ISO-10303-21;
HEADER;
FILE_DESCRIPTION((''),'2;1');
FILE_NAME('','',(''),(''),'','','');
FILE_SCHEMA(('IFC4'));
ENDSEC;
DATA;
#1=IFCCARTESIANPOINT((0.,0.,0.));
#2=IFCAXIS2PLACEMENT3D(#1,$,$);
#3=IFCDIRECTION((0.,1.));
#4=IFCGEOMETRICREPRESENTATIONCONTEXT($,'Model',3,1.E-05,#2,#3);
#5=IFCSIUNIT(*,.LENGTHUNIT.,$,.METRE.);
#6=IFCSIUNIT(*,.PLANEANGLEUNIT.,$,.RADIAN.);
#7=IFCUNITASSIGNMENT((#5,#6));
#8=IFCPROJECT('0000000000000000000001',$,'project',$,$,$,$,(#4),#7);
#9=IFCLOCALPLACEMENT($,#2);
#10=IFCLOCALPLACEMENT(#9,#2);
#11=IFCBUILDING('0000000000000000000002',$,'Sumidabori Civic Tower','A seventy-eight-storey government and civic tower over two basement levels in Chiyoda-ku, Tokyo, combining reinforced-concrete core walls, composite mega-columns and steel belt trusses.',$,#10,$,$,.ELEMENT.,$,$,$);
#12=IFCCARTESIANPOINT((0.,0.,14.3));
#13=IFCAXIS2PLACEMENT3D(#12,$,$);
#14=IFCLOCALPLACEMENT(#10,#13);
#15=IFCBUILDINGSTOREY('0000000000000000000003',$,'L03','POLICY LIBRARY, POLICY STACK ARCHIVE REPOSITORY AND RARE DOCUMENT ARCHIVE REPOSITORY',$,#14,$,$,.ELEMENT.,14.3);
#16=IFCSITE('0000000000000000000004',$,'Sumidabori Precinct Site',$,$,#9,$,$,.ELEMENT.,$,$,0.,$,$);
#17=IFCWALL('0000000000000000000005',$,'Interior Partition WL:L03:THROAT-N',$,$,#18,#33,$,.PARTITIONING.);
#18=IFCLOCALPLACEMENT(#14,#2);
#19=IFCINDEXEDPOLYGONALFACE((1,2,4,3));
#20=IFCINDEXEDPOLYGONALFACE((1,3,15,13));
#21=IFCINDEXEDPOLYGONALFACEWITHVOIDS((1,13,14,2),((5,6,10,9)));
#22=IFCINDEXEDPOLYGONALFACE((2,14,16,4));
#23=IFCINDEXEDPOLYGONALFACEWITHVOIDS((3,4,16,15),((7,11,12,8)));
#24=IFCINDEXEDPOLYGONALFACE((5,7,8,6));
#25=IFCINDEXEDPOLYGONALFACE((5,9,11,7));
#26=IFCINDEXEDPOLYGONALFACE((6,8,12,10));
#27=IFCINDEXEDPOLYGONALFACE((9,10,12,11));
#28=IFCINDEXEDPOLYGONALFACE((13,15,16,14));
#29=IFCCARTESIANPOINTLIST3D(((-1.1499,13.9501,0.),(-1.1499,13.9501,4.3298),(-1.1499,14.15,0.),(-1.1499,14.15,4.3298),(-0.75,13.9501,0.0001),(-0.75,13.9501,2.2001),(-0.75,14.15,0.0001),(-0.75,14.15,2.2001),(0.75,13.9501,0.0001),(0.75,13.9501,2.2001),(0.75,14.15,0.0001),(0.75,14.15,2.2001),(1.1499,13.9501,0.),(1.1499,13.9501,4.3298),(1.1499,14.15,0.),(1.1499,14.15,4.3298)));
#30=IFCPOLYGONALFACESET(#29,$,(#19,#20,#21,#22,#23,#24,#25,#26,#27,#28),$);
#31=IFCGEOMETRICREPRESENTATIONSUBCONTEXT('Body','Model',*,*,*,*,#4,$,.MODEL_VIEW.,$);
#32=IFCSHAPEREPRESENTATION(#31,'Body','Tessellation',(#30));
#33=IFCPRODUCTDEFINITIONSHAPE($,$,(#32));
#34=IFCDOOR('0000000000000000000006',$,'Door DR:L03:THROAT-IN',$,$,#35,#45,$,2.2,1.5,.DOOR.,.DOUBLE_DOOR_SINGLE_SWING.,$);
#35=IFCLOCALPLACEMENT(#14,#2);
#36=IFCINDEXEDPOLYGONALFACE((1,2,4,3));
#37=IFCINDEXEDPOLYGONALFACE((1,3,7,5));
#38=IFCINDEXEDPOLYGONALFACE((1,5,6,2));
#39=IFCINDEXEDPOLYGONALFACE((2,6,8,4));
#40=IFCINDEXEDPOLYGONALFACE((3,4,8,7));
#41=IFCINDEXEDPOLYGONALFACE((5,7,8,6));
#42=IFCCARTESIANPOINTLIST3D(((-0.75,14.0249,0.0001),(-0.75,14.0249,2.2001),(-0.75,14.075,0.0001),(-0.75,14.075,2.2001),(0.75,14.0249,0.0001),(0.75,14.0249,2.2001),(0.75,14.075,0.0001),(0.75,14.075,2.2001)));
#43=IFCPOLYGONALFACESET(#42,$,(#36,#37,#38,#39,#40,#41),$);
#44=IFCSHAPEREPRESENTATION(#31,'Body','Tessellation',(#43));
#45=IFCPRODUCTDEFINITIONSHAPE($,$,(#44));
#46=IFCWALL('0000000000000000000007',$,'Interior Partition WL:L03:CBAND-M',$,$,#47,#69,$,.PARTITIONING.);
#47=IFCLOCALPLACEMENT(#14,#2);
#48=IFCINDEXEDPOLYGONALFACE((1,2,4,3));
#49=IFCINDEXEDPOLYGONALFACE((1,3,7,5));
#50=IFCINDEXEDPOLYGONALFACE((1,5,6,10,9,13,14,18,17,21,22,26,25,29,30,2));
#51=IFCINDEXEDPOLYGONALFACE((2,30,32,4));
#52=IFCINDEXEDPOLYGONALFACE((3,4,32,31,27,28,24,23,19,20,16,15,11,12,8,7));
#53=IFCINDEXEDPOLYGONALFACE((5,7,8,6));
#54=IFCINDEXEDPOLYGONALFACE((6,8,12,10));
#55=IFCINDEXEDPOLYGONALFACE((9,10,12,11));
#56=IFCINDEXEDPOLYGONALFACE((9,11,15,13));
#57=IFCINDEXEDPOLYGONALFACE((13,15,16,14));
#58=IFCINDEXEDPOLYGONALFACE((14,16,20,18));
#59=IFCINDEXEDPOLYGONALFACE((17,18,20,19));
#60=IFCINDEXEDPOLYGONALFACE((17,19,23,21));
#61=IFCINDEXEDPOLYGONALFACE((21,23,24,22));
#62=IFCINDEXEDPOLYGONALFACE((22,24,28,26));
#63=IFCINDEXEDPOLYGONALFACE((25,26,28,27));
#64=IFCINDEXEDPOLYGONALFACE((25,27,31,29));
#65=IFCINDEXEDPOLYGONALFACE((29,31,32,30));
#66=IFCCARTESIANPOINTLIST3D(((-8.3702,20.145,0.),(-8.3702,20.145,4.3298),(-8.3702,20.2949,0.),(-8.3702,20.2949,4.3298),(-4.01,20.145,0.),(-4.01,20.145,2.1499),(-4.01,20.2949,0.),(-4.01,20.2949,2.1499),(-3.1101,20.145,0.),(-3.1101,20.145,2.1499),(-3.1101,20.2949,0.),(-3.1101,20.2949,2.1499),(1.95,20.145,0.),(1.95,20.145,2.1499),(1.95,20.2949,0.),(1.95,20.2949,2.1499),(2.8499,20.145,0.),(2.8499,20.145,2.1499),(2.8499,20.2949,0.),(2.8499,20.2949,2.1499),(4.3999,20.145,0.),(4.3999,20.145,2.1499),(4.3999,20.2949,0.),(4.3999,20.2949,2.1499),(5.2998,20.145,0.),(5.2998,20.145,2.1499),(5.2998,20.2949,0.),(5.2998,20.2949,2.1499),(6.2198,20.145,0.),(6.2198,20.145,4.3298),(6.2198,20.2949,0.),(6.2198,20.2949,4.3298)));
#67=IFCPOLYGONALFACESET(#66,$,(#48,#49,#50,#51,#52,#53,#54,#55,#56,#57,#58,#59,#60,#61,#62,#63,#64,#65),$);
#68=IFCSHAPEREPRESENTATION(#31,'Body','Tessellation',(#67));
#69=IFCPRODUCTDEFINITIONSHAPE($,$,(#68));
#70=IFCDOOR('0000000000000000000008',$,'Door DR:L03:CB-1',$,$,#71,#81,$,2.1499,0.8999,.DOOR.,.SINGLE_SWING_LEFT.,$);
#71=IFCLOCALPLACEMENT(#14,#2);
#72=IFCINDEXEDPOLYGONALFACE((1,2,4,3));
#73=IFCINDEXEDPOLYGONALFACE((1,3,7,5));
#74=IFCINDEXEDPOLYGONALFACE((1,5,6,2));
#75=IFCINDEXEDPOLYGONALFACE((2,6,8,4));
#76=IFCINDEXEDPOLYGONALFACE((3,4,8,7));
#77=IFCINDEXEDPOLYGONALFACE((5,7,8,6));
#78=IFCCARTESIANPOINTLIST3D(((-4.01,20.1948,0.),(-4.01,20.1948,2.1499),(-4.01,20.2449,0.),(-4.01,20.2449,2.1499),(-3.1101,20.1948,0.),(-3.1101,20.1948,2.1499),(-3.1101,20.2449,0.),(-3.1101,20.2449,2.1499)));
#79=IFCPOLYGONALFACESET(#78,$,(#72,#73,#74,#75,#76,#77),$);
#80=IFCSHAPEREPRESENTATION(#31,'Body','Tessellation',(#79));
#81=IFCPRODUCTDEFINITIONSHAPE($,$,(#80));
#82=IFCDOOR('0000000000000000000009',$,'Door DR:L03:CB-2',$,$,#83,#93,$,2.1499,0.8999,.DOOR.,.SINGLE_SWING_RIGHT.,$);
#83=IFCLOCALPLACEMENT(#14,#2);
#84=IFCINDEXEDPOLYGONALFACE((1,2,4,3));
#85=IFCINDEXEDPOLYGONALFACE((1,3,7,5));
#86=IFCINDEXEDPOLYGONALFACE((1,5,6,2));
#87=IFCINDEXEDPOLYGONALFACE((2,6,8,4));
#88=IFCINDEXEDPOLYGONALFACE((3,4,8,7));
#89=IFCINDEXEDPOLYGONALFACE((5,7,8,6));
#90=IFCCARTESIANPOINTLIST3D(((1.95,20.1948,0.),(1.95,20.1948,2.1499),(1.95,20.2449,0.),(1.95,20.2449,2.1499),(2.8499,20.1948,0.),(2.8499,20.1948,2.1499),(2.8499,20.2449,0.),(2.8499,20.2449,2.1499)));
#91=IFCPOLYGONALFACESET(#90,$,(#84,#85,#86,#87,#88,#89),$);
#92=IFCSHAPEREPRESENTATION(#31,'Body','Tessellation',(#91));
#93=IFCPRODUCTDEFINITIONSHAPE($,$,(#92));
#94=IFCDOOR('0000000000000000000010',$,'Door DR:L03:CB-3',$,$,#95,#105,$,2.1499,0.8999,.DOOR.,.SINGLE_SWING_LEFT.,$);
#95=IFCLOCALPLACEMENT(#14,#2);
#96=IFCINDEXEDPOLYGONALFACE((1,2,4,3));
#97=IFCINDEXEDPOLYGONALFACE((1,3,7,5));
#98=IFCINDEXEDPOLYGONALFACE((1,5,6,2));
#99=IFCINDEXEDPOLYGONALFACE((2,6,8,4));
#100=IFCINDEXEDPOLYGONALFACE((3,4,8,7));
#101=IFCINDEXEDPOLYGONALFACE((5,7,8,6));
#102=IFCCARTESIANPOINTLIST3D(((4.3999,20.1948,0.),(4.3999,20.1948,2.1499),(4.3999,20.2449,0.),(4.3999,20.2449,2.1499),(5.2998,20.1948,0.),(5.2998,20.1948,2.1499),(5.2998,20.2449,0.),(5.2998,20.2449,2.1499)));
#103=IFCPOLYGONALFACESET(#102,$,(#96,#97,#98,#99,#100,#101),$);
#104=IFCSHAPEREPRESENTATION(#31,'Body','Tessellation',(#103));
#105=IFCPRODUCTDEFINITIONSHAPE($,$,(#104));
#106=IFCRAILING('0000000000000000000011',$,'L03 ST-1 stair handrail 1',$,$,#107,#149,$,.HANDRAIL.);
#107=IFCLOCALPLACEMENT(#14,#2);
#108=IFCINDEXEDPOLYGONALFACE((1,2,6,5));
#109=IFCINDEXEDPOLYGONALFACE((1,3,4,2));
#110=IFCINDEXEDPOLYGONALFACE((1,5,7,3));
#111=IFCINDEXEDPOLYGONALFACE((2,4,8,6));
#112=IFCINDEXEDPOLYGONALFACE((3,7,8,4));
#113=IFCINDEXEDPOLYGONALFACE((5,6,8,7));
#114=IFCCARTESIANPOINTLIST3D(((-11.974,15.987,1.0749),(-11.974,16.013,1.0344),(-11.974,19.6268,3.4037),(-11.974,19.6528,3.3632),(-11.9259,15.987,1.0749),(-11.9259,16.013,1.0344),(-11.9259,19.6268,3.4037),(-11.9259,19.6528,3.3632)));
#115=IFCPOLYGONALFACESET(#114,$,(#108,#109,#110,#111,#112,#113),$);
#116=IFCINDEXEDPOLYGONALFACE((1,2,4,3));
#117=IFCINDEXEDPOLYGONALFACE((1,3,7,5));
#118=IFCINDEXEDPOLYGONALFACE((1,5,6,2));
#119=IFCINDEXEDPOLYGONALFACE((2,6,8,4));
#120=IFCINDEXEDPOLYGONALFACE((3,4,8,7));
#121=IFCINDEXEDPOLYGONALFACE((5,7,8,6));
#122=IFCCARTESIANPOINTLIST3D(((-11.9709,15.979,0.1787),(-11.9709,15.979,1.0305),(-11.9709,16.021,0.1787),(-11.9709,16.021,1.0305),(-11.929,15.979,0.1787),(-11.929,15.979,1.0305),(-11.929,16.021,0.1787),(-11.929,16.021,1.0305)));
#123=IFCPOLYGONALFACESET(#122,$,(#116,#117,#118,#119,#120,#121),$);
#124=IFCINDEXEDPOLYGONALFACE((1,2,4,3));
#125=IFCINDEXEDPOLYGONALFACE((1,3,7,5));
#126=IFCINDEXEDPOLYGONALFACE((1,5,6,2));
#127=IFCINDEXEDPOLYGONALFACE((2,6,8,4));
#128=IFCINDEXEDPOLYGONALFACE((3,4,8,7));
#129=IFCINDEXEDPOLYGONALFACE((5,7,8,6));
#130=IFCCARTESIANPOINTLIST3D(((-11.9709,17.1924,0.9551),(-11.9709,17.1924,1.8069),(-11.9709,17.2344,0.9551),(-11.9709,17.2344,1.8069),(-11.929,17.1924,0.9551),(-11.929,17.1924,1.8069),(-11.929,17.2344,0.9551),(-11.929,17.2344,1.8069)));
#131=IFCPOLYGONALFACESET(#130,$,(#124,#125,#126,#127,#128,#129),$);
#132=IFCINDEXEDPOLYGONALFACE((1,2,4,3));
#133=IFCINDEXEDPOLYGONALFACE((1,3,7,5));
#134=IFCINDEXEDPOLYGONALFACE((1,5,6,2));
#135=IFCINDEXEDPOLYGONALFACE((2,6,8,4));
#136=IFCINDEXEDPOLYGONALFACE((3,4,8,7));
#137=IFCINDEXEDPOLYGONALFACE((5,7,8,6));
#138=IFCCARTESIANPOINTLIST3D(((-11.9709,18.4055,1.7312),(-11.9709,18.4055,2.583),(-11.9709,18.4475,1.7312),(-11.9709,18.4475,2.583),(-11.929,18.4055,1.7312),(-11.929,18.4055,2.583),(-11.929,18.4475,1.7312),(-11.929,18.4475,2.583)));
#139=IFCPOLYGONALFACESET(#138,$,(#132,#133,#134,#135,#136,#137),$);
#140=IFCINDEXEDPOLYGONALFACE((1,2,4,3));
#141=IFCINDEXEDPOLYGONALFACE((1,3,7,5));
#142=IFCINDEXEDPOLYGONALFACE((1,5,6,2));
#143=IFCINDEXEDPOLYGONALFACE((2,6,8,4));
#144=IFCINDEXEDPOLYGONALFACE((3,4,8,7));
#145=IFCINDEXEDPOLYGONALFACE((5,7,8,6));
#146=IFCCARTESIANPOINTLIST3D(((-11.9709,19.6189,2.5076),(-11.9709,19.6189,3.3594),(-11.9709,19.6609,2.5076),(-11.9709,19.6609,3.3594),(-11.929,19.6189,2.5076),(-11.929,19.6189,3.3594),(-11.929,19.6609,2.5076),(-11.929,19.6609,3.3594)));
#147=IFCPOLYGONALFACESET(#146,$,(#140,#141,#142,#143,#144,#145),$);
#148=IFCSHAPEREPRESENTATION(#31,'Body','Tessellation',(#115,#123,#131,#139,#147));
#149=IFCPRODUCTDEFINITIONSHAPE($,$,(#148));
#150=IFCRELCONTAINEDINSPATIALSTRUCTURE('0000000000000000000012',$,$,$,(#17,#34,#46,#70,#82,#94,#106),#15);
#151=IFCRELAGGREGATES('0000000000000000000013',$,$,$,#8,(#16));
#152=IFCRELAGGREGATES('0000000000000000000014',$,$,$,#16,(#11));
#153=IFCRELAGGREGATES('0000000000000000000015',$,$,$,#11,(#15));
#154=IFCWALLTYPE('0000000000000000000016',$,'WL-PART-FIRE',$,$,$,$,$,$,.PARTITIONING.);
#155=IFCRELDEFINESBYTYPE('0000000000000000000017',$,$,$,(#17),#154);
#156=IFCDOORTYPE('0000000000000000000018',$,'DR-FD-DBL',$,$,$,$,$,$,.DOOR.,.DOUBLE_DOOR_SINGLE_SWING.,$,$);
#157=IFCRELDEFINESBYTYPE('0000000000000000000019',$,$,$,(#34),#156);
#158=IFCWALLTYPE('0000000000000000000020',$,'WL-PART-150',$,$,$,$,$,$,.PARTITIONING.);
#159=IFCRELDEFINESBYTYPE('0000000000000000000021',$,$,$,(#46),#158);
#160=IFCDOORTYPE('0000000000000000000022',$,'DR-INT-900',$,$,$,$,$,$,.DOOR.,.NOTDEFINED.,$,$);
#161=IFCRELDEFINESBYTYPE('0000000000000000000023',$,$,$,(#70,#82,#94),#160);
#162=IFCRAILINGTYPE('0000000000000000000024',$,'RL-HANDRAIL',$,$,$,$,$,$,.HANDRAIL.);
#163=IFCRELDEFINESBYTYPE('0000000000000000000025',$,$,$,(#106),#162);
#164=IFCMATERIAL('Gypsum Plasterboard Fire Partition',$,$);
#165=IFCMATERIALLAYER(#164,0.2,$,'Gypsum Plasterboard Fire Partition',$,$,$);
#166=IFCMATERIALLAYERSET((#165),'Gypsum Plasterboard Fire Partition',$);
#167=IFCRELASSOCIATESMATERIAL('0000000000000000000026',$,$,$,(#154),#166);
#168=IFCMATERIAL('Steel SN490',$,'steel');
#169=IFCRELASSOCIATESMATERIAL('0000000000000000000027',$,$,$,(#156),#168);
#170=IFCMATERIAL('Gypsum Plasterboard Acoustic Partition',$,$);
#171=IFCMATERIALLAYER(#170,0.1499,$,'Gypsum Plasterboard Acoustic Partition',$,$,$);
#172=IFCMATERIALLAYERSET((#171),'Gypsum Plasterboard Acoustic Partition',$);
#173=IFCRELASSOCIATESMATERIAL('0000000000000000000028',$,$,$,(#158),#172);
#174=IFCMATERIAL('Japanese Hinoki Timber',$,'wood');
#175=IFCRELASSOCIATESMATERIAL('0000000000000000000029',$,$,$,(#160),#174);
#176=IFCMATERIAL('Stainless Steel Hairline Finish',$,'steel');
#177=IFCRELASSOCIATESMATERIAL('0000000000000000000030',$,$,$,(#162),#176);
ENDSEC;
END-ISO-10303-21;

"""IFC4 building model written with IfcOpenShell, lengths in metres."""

from ifc_helpers import new_model, si_unit, direction, frame, frame_2d, origin, origin_2d, place, context, subcontext, project, spatial, rectangle, extrude, source, transform, mapped, material, layer, layer_set, type_object, element, fill, save


model = new_model("IFC4")

# Units and contexts
model_context = context("Model", 3, precision=1e-05, world=origin(), true_north=direction((0.0, 1.0)))
body_context = subcontext(model_context, "Body", "Model", "MODEL_VIEW")
ifc_project = project(units=[si_unit("LENGTHUNIT", "METRE"), si_unit("PLANEANGLEUNIT", "RADIAN")], contexts=[model_context])

# Site, building, storey
site_placement = place(None, origin())
site = spatial("IfcSite", under=ifc_project, at=site_placement, Name="Sumidabori Precinct Site", CompositionType="ELEMENT", RefElevation=0.0)
building_placement = place(site_placement, origin())
building = spatial("IfcBuilding", under=site, at=building_placement, Name="Sumidabori Civic Tower", Description="A seventy-eight-storey government and civic tower over two basement levels in Chiyoda-ku, Tokyo, combining reinforced-concrete core walls, composite mega-columns and steel belt trusses.", CompositionType="ELEMENT")
storey_placement = place(building_placement, frame((0.0, 0.0, 14.3)))
storey = spatial("IfcBuildingStorey", under=building, at=storey_placement, Name="L03", Description="POLICY LIBRARY, POLICY STACK ARCHIVE REPOSITORY AND RARE DOCUMENT ARCHIVE REPOSITORY", CompositionType="ELEMENT", Elevation=14.3)

# Shared definitions
ifc_material_1 = material(Name="Gypsum Plasterboard Fire Partition")
ifc_layer_1 = layer(ifc_material_1, 0.2, Name="Gypsum Plasterboard Fire Partition")
ifc_layer_set_1 = layer_set([ifc_layer_1], Name="Gypsum Plasterboard Fire Partition")
wall_type_1 = type_object("IfcWallType", Name="WL-PART-FIRE", PredefinedType="PARTITIONING", material=ifc_layer_set_1)
ifc_material_2 = material(Name="Stainless Steel Hairline Finish", Category="steel")

# Wall, opening, door
shared_shape_1 = source(origin(), body_context, "Body", "SweptSolid", [
    extrude(rectangle(XDim=2.2998, YDim=0.2, at=frame_2d((1.1499, 0.0))), origin(), (0.0, 0.0, 1.0), 4.3298),
])
wall_1_placement = place(storey_placement, frame((-1.1499, 14.05, 0.0), z_axis=(0.0, 0.0, 1.0), x_axis=(1.0, 0.0, 0.0)))
wall_1 = element("IfcWall", 1, at=wall_1_placement, inside=storey, type_object=wall_type_1, Name="Interior Partition WL:L03:THROAT-N", PredefinedType="PARTITIONING", context=body_context, shape_type="MappedRepresentation", body=[
    mapped(shared_shape_1, transform((0.0, 0.0, 0.0), x_axis=(1.0, 0.0, 0.0), y_axis=(0.0, 1.0, 0.0), z_axis=(0.0, 0.0, 1.0), scale=1.0)),
])
opening_1_placement = place(wall_1_placement, frame((0.3999, 0.0, 0.0)))
opening_1 = element("IfcOpeningElement", 2, at=opening_1_placement, cuts=wall_1, PredefinedType="OPENING", context=body_context, shape_type="SweptSolid", body=[
    extrude(rectangle(XDim=1.5, YDim=2.2, at=frame_2d((0.75, 1.1001))), frame((0.0, 0.1118, 0.0), z_axis=(0.0, -1.0, 0.0), x_axis=(1.0, 0.0, 0.0)), (0.0, 0.0, 1.0), 0.2239),
])
ifc_material_3 = material(Name="Steel SN490", Category="steel")
door_type_1 = type_object("IfcDoorType", Name="DR-FD-DBL", OperationType="DOUBLE_DOOR_SINGLE_SWING", PredefinedType="DOOR", material=ifc_material_3)
shared_shape_2 = source(origin(), body_context, "Body", "SweptSolid", [
    extrude(rectangle(XDim=1.5, YDim=2.2, at=frame_2d((0.75, 1.1001))), frame((0.0, 0.0249, 0.0), z_axis=(0.0, -1.0, 0.0), x_axis=(1.0, 0.0, 0.0)), (0.0, 0.0, 1.0), 0.05),
])
door_1_placement = place(opening_1_placement, origin())
door_1 = element("IfcDoor", 3, at=door_1_placement, inside=storey, type_object=door_type_1, Name="Door DR:L03:THROAT-IN", OperationType="DOUBLE_DOOR_SINGLE_SWING", OverallHeight=2.2, OverallWidth=1.5, PredefinedType="DOOR", context=body_context, shape_type="MappedRepresentation", body=[
    mapped(shared_shape_2, transform((0.0, 0.0, 0.0), x_axis=(1.0, 0.0, 0.0), y_axis=(0.0, 1.0, 0.0), z_axis=(0.0, 0.0, 1.0), scale=1.0)),
])
fill(opening_1, door_1)

# Wall, openings, doors
ifc_material_4 = material(Name="Gypsum Plasterboard Acoustic Partition")
ifc_layer_2 = layer(ifc_material_4, 0.1499, Name="Gypsum Plasterboard Acoustic Partition")
ifc_layer_set_2 = layer_set([ifc_layer_2], Name="Gypsum Plasterboard Acoustic Partition")
wall_type_2 = type_object("IfcWallType", Name="WL-PART-150", PredefinedType="PARTITIONING", material=ifc_layer_set_2)
shared_shape_3 = source(origin(), body_context, "Body", "SweptSolid", [
    extrude(rectangle(XDim=14.5901, YDim=0.1499, at=frame_2d((7.2949, 0.0))), origin(), (0.0, 0.0, 1.0), 4.3298),
])
wall_2_placement = place(storey_placement, frame((-8.3701, 20.22, 0.0), z_axis=(0.0, 0.0, 1.0), x_axis=(1.0, 0.0, 0.0)))
wall_2 = element("IfcWall", 4, at=wall_2_placement, inside=storey, type_object=wall_type_2, Name="Interior Partition WL:L03:CBAND-M", PredefinedType="PARTITIONING", context=body_context, shape_type="MappedRepresentation", body=[
    mapped(shared_shape_3, transform((0.0, 0.0, 0.0), x_axis=(1.0, 0.0, 0.0), y_axis=(0.0, 1.0, 0.0), z_axis=(0.0, 0.0, 1.0), scale=1.0)),
])
opening_2_placement = place(wall_2_placement, frame((4.3601, 0.0, 0.0)))
opening_2 = element("IfcOpeningElement", 5, at=opening_2_placement, cuts=wall_2, PredefinedType="OPENING", context=body_context, shape_type="SweptSolid", body=[
    extrude(rectangle(XDim=0.8999, YDim=2.1499, at=frame_2d((0.45, 1.075))), frame((0.0, 0.0869, 0.0), z_axis=(0.0, -1.0, 0.0), x_axis=(1.0, 0.0, 0.0)), (0.0, 0.0, 1.0), 0.1738),
])
opening_3_placement = place(wall_2_placement, frame((10.3201, 0.0, 0.0)))
opening_3 = element("IfcOpeningElement", 6, at=opening_3_placement, cuts=wall_2, PredefinedType="OPENING", context=body_context, shape_type="SweptSolid", body=[
    extrude(rectangle(XDim=0.8999, YDim=2.1499, at=frame_2d((0.45, 1.075))), frame((0.0, 0.0869, 0.0), z_axis=(0.0, -1.0, 0.0), x_axis=(1.0, 0.0, 0.0)), (0.0, 0.0, 1.0), 0.1738),
])
opening_4_placement = place(wall_2_placement, frame((12.77, 0.0, 0.0)))
opening_4 = element("IfcOpeningElement", 7, at=opening_4_placement, cuts=wall_2, PredefinedType="OPENING", context=body_context, shape_type="SweptSolid", body=[
    extrude(rectangle(XDim=0.8999, YDim=2.1499, at=frame_2d((0.45, 1.075))), frame((0.0, 0.0869, 0.0), z_axis=(0.0, -1.0, 0.0), x_axis=(1.0, 0.0, 0.0)), (0.0, 0.0, 1.0), 0.1738),
])
ifc_material_5 = material(Name="Japanese Hinoki Timber", Category="wood")
door_type_2 = type_object("IfcDoorType", Name="DR-INT-900", OperationType="NOTDEFINED", PredefinedType="DOOR", material=ifc_material_5)
shared_shape_4 = source(origin(), body_context, "Body", "SweptSolid", [
    extrude(rectangle(XDim=0.8999, YDim=2.1499, at=frame_2d((0.45, 1.075))), frame((0.0, 0.0249, 0.0), z_axis=(0.0, -1.0, 0.0), x_axis=(1.0, 0.0, 0.0)), (0.0, 0.0, 1.0), 0.05),
])
door_2_placement = place(opening_2_placement, origin())
door_2 = element("IfcDoor", 8, at=door_2_placement, inside=storey, type_object=door_type_2, Name="Door DR:L03:CB-1", OperationType="SINGLE_SWING_LEFT", OverallHeight=2.1499, OverallWidth=0.8999, PredefinedType="DOOR", context=body_context, shape_type="MappedRepresentation", body=[
    mapped(shared_shape_4, transform((0.0, 0.0, 0.0), x_axis=(1.0, 0.0, 0.0), y_axis=(0.0, 1.0, 0.0), z_axis=(0.0, 0.0, 1.0), scale=1.0)),
])
fill(opening_2, door_2)
door_3_placement = place(opening_3_placement, origin())
door_3 = element("IfcDoor", 9, at=door_3_placement, inside=storey, type_object=door_type_2, Name="Door DR:L03:CB-2", OperationType="SINGLE_SWING_RIGHT", OverallHeight=2.1499, OverallWidth=0.8999, PredefinedType="DOOR", context=body_context, shape_type="MappedRepresentation", body=[
    mapped(shared_shape_4, transform((0.0, 0.0, 0.0), x_axis=(1.0, 0.0, 0.0), y_axis=(0.0, 1.0, 0.0), z_axis=(0.0, 0.0, 1.0), scale=1.0)),
])
fill(opening_3, door_3)
door_4_placement = place(opening_4_placement, origin())
door_4 = element("IfcDoor", 10, at=door_4_placement, inside=storey, type_object=door_type_2, Name="Door DR:L03:CB-3", OperationType="SINGLE_SWING_LEFT", OverallHeight=2.1499, OverallWidth=0.8999, PredefinedType="DOOR", context=body_context, shape_type="MappedRepresentation", body=[
    mapped(shared_shape_4, transform((0.0, 0.0, 0.0), x_axis=(1.0, 0.0, 0.0), y_axis=(0.0, 1.0, 0.0), z_axis=(0.0, 0.0, 1.0), scale=1.0)),
])
fill(opening_4, door_4)

# Railing
railing_type = type_object("IfcRailingType", Name="RL-HANDRAIL", PredefinedType="HANDRAIL", material=ifc_material_2)
railing_placement = place(storey_placement, frame((-11.95, 16.0, 0.1787)))
element("IfcRailing", 11, at=railing_placement, inside=storey, type_object=railing_type, Name="L03 ST-1 stair handrail 1", PredefinedType="HANDRAIL", context=body_context, shape_type="SweptSolid", body=[
    extrude(rectangle(XDim=0.0481, YDim=0.0481, at=origin_2d()), frame((0.0, 0.0, 0.876), z_axis=(0.0, 0.842342, 0.538943), x_axis=(-1.0, 0.0, 0.0)), (0.0, 0.0, 1.0), 4.321),
    extrude(rectangle(XDim=0.042, YDim=0.042, at=origin_2d()), origin(), (0.0, 0.0, 1.0), 0.8518),
    extrude(rectangle(XDim=0.042, YDim=0.042, at=origin_2d()), frame((0.0, 1.2134, 0.7764)), (0.0, 0.0, 1.0), 0.8518),
    extrude(rectangle(XDim=0.042, YDim=0.042, at=origin_2d()), frame((0.0, 2.4265, 1.5525)), (0.0, 0.0, 1.0), 0.8518),
    extrude(rectangle(XDim=0.042, YDim=0.042, at=origin_2d()), frame((0.0, 3.6399, 2.3289)), (0.0, 0.0, 1.0), 0.8518),
])

save(model, "model.ifc")
